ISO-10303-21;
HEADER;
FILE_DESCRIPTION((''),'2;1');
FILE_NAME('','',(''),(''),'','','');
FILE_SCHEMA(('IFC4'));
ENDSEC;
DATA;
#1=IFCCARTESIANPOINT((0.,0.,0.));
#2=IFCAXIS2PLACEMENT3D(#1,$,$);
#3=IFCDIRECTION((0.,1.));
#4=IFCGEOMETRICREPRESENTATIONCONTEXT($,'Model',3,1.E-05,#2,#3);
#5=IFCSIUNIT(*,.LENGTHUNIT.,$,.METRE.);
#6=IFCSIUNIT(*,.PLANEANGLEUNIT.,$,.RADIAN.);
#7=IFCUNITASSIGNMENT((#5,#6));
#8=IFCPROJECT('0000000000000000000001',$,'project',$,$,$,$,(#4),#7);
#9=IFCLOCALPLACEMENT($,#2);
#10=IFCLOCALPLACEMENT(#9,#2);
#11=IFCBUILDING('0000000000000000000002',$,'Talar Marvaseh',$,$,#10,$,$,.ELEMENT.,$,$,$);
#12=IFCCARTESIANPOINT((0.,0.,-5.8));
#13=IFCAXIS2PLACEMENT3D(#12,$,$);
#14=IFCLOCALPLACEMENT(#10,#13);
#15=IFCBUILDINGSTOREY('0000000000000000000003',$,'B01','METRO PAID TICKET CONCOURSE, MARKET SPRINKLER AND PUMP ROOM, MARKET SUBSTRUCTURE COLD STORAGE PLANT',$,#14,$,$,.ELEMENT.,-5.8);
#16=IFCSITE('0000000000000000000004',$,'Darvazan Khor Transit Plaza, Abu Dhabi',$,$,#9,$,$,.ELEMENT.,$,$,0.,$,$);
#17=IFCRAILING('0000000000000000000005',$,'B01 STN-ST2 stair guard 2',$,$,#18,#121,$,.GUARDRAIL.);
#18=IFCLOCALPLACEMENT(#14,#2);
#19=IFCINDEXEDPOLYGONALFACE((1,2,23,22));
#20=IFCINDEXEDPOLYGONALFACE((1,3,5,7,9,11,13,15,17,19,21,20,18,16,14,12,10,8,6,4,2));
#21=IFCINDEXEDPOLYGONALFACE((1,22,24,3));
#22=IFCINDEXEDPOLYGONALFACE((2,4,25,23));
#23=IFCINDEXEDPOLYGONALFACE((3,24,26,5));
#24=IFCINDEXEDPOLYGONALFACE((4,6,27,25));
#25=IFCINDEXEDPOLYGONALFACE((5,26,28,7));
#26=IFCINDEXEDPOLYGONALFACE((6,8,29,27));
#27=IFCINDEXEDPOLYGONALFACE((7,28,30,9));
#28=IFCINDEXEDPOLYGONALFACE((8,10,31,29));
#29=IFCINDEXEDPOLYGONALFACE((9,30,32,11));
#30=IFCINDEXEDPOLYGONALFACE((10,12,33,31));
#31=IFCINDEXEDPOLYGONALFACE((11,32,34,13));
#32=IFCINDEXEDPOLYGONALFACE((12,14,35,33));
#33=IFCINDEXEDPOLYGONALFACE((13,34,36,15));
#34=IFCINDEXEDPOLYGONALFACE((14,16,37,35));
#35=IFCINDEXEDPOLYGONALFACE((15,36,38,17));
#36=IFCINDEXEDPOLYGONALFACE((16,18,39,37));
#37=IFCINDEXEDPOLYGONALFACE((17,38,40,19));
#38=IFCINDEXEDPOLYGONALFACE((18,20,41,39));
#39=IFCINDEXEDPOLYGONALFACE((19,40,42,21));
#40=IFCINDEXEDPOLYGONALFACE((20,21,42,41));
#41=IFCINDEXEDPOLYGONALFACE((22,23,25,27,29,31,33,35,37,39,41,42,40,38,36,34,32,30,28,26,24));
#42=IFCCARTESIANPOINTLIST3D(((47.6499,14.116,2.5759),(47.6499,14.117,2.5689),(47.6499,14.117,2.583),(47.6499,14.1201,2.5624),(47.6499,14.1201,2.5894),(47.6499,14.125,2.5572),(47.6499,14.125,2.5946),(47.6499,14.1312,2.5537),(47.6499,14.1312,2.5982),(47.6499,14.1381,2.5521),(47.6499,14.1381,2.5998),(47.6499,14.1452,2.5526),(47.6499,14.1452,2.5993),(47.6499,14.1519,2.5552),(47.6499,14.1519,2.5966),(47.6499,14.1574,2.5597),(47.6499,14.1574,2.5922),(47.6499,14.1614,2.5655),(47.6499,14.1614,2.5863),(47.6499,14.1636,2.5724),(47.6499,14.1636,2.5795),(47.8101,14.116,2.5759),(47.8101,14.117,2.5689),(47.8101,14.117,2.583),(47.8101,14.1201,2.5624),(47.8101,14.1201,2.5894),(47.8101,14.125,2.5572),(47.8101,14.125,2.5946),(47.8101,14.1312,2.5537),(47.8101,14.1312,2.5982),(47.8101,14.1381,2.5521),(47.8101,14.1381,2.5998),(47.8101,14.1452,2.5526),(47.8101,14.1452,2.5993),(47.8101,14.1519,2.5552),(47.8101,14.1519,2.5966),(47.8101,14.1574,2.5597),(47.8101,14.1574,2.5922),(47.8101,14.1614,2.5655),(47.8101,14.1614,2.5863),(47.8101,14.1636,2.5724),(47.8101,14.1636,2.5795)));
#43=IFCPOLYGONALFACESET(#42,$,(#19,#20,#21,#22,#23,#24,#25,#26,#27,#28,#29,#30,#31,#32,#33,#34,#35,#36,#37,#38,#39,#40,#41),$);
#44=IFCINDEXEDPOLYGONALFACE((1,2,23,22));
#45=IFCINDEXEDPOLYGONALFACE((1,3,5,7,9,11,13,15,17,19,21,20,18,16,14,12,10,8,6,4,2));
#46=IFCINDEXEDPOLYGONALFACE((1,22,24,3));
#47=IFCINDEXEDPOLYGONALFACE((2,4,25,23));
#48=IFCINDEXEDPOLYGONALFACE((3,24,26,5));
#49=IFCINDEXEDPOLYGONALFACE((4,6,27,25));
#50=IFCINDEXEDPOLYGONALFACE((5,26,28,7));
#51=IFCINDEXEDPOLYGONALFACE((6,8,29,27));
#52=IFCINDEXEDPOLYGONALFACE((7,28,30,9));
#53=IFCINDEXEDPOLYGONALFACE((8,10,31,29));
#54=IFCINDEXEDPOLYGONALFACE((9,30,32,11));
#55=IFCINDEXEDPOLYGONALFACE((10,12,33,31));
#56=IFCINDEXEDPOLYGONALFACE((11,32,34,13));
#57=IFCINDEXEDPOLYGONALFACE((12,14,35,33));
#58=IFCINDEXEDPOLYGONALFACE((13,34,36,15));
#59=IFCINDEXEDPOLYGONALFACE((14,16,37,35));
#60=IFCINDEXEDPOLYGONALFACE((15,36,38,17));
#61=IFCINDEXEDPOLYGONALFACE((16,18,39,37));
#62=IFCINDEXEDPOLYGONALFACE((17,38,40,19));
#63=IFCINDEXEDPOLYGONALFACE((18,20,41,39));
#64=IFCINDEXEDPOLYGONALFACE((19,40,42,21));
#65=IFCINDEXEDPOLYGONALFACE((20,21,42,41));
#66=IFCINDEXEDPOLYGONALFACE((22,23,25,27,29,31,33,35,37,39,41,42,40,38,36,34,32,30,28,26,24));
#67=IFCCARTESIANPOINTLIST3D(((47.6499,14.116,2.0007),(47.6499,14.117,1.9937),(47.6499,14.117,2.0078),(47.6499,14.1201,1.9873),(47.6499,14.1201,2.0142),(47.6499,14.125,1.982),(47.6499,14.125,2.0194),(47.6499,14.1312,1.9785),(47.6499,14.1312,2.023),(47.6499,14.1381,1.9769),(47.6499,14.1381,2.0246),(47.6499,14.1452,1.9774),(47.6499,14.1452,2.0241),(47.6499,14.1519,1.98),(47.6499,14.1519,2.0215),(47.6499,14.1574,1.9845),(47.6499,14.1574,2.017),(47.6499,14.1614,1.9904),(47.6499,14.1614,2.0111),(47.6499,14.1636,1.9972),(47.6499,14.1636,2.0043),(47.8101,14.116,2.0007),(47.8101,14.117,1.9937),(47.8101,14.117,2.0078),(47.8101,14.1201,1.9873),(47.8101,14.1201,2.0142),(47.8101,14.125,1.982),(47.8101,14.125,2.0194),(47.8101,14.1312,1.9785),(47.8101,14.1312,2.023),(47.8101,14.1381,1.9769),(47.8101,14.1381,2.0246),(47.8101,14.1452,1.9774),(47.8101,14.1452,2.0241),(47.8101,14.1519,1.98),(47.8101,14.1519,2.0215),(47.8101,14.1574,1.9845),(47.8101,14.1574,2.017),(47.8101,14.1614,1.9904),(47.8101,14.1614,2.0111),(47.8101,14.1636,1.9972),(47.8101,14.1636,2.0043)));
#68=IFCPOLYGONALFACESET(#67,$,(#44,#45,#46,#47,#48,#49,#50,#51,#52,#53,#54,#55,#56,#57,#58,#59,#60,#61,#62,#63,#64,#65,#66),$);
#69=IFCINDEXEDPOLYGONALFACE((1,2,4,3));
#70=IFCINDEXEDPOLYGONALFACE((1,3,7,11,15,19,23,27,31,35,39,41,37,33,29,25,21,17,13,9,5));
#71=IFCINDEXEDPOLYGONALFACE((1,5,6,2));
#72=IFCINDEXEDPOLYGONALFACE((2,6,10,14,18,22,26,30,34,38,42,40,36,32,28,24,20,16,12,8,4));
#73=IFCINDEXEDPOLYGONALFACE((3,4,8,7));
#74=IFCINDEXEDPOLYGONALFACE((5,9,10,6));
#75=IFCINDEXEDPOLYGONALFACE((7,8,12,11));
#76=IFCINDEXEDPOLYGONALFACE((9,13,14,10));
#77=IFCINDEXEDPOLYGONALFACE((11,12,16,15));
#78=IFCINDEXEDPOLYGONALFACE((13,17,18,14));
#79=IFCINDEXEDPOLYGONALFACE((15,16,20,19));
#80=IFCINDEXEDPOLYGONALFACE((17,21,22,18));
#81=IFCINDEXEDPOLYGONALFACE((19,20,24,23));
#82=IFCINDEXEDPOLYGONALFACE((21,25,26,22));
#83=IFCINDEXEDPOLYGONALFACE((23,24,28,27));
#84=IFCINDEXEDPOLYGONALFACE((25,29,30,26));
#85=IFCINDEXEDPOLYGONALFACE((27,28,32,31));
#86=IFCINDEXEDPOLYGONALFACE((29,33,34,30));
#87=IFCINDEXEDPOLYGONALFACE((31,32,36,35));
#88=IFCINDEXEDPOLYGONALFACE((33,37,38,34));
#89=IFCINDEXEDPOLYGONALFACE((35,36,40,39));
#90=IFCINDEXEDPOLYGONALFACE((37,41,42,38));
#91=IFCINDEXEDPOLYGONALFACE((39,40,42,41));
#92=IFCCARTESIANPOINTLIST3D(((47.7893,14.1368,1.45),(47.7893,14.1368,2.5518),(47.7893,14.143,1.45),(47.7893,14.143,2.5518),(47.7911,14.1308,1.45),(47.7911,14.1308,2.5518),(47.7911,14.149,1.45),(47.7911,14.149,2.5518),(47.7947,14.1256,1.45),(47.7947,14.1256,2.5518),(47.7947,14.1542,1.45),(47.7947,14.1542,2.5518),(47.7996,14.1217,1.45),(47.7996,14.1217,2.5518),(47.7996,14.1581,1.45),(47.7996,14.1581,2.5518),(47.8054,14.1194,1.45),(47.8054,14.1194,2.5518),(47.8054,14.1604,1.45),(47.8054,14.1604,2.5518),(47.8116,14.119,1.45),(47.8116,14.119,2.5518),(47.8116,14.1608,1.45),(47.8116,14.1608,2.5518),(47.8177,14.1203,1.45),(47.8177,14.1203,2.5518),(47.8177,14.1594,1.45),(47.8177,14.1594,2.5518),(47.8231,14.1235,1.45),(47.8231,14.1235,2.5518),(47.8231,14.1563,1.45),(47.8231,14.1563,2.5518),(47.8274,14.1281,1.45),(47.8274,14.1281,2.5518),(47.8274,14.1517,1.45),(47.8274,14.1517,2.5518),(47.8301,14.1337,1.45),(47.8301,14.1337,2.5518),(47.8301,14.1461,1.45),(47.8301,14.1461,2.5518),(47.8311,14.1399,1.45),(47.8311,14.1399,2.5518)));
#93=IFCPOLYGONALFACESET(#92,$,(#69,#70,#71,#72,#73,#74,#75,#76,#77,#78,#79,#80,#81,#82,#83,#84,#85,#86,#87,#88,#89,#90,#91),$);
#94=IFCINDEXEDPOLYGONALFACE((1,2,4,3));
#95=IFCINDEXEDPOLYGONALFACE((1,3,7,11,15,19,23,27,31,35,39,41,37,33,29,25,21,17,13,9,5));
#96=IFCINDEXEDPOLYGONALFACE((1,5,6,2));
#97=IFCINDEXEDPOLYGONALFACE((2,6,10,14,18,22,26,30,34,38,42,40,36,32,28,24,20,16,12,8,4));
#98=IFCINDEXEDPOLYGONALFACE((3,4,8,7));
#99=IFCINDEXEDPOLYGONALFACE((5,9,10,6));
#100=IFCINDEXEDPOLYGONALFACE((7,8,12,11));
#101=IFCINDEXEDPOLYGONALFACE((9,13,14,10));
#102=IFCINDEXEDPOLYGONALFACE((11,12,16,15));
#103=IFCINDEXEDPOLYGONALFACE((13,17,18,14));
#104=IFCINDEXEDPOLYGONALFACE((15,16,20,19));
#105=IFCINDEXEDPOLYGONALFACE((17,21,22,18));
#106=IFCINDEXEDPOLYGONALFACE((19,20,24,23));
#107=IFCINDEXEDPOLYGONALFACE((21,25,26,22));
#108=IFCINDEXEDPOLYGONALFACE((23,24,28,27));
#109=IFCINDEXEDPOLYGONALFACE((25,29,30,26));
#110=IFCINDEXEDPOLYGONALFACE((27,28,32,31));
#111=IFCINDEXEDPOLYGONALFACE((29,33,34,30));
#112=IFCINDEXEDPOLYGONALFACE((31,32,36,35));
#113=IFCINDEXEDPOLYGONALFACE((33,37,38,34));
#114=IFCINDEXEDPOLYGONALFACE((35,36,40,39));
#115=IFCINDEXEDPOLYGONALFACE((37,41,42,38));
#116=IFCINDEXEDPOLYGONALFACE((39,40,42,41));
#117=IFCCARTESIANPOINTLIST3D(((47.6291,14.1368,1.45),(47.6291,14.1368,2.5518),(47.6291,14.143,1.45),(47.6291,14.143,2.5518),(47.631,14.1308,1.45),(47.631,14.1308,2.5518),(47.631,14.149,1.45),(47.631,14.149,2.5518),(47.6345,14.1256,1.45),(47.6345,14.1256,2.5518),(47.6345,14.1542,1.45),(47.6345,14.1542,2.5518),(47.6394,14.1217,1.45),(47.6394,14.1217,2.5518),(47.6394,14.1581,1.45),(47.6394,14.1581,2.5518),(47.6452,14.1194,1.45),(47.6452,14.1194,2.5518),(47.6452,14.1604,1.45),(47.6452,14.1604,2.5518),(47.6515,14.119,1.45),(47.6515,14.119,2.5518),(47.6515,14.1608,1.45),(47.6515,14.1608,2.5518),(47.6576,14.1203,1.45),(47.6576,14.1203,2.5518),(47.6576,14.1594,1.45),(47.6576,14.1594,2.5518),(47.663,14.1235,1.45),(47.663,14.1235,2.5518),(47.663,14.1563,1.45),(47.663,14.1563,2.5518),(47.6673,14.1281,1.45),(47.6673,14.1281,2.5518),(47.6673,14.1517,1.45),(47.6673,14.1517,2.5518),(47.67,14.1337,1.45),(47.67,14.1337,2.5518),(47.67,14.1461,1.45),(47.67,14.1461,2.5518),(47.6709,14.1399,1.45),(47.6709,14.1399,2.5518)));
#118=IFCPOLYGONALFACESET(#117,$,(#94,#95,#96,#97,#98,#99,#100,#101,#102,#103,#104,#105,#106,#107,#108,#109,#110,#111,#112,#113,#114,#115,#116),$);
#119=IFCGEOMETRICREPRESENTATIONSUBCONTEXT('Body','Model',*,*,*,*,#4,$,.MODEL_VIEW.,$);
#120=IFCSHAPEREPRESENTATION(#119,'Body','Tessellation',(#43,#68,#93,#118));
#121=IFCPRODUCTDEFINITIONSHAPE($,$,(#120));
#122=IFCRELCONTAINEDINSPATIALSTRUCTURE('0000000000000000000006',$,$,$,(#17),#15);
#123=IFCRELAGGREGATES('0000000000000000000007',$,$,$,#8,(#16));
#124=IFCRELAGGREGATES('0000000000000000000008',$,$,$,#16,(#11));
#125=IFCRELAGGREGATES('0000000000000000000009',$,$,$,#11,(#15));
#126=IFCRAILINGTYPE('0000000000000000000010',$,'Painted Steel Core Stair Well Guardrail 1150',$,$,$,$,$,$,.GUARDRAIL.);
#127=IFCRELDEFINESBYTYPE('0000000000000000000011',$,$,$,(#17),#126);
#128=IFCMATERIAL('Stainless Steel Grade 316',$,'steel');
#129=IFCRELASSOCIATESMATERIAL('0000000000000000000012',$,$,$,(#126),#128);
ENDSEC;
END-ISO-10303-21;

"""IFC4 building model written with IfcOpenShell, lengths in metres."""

from ifc_helpers import new_model, si_unit, direction, frame, origin, origin_2d, place, context, subcontext, project, spatial, circle, extrude, material, type_object, element, save


model = new_model("IFC4")

# Units and contexts
model_context = context("Model", 3, precision=1e-05, world=origin(), true_north=direction((0.0, 1.0)))
body_context = subcontext(model_context, "Body", "Model", "MODEL_VIEW")
ifc_project = project(units=[si_unit("LENGTHUNIT", "METRE"), si_unit("PLANEANGLEUNIT", "RADIAN")], contexts=[model_context])

# Site, building, storey
site_placement = place(None, origin())
site = spatial("IfcSite", under=ifc_project, at=site_placement, Name="Darvazan Khor Transit Plaza, Abu Dhabi", CompositionType="ELEMENT", RefElevation=0.0)
building_placement = place(site_placement, origin())
building = spatial("IfcBuilding", under=site, at=building_placement, Name="Talar Marvaseh", CompositionType="ELEMENT")
storey_placement = place(building_placement, frame((0.0, 0.0, -5.8)))
storey = spatial("IfcBuildingStorey", under=building, at=storey_placement, Name="B01", Description="METRO PAID TICKET CONCOURSE, MARKET SPRINKLER AND PUMP ROOM, MARKET SUBSTRUCTURE COLD STORAGE PLANT", CompositionType="ELEMENT", Elevation=-5.8)

# Railing
ifc_material_1 = material(Name="Stainless Steel Grade 316", Category="steel")
railing_type_1 = type_object("IfcRailingType", Name="Painted Steel Core Stair Well Guardrail 1150", PredefinedType="GUARDRAIL", material=ifc_material_1)
railing_1_placement = place(storey_placement, frame((47.8101, 14.1399, 1.45)))
element("IfcRailing", 1, at=railing_1_placement, inside=storey, type_object=railing_type_1, Name="B01 STN-ST2 stair guard 2", PredefinedType="GUARDRAIL", context=body_context, shape_type="SweptSolid", body=[
    extrude(circle(Radius=0.0239, at=origin_2d()), frame((0.0, 0.0, 1.126), z_axis=(-1.0, 0.0, 0.0), x_axis=(0.0, -1.0, 0.0)), (0.0, 0.0, 1.0), 0.1602),
    extrude(circle(Radius=0.0239, at=origin_2d()), frame((0.0, 0.0, 0.5508), z_axis=(-1.0, 0.0, 0.0), x_axis=(0.0, -1.0, 0.0)), (0.0, 0.0, 1.0), 0.1602),
    extrude(circle(Radius=0.021, at=origin_2d()), origin(), (0.0, 0.0, 1.0), 1.1018),
    extrude(circle(Radius=0.021, at=origin_2d()), frame((-0.1602, 0.0, 0.0)), (0.0, 0.0, 1.0), 1.1018),
])

save(model, "model.ifc")
